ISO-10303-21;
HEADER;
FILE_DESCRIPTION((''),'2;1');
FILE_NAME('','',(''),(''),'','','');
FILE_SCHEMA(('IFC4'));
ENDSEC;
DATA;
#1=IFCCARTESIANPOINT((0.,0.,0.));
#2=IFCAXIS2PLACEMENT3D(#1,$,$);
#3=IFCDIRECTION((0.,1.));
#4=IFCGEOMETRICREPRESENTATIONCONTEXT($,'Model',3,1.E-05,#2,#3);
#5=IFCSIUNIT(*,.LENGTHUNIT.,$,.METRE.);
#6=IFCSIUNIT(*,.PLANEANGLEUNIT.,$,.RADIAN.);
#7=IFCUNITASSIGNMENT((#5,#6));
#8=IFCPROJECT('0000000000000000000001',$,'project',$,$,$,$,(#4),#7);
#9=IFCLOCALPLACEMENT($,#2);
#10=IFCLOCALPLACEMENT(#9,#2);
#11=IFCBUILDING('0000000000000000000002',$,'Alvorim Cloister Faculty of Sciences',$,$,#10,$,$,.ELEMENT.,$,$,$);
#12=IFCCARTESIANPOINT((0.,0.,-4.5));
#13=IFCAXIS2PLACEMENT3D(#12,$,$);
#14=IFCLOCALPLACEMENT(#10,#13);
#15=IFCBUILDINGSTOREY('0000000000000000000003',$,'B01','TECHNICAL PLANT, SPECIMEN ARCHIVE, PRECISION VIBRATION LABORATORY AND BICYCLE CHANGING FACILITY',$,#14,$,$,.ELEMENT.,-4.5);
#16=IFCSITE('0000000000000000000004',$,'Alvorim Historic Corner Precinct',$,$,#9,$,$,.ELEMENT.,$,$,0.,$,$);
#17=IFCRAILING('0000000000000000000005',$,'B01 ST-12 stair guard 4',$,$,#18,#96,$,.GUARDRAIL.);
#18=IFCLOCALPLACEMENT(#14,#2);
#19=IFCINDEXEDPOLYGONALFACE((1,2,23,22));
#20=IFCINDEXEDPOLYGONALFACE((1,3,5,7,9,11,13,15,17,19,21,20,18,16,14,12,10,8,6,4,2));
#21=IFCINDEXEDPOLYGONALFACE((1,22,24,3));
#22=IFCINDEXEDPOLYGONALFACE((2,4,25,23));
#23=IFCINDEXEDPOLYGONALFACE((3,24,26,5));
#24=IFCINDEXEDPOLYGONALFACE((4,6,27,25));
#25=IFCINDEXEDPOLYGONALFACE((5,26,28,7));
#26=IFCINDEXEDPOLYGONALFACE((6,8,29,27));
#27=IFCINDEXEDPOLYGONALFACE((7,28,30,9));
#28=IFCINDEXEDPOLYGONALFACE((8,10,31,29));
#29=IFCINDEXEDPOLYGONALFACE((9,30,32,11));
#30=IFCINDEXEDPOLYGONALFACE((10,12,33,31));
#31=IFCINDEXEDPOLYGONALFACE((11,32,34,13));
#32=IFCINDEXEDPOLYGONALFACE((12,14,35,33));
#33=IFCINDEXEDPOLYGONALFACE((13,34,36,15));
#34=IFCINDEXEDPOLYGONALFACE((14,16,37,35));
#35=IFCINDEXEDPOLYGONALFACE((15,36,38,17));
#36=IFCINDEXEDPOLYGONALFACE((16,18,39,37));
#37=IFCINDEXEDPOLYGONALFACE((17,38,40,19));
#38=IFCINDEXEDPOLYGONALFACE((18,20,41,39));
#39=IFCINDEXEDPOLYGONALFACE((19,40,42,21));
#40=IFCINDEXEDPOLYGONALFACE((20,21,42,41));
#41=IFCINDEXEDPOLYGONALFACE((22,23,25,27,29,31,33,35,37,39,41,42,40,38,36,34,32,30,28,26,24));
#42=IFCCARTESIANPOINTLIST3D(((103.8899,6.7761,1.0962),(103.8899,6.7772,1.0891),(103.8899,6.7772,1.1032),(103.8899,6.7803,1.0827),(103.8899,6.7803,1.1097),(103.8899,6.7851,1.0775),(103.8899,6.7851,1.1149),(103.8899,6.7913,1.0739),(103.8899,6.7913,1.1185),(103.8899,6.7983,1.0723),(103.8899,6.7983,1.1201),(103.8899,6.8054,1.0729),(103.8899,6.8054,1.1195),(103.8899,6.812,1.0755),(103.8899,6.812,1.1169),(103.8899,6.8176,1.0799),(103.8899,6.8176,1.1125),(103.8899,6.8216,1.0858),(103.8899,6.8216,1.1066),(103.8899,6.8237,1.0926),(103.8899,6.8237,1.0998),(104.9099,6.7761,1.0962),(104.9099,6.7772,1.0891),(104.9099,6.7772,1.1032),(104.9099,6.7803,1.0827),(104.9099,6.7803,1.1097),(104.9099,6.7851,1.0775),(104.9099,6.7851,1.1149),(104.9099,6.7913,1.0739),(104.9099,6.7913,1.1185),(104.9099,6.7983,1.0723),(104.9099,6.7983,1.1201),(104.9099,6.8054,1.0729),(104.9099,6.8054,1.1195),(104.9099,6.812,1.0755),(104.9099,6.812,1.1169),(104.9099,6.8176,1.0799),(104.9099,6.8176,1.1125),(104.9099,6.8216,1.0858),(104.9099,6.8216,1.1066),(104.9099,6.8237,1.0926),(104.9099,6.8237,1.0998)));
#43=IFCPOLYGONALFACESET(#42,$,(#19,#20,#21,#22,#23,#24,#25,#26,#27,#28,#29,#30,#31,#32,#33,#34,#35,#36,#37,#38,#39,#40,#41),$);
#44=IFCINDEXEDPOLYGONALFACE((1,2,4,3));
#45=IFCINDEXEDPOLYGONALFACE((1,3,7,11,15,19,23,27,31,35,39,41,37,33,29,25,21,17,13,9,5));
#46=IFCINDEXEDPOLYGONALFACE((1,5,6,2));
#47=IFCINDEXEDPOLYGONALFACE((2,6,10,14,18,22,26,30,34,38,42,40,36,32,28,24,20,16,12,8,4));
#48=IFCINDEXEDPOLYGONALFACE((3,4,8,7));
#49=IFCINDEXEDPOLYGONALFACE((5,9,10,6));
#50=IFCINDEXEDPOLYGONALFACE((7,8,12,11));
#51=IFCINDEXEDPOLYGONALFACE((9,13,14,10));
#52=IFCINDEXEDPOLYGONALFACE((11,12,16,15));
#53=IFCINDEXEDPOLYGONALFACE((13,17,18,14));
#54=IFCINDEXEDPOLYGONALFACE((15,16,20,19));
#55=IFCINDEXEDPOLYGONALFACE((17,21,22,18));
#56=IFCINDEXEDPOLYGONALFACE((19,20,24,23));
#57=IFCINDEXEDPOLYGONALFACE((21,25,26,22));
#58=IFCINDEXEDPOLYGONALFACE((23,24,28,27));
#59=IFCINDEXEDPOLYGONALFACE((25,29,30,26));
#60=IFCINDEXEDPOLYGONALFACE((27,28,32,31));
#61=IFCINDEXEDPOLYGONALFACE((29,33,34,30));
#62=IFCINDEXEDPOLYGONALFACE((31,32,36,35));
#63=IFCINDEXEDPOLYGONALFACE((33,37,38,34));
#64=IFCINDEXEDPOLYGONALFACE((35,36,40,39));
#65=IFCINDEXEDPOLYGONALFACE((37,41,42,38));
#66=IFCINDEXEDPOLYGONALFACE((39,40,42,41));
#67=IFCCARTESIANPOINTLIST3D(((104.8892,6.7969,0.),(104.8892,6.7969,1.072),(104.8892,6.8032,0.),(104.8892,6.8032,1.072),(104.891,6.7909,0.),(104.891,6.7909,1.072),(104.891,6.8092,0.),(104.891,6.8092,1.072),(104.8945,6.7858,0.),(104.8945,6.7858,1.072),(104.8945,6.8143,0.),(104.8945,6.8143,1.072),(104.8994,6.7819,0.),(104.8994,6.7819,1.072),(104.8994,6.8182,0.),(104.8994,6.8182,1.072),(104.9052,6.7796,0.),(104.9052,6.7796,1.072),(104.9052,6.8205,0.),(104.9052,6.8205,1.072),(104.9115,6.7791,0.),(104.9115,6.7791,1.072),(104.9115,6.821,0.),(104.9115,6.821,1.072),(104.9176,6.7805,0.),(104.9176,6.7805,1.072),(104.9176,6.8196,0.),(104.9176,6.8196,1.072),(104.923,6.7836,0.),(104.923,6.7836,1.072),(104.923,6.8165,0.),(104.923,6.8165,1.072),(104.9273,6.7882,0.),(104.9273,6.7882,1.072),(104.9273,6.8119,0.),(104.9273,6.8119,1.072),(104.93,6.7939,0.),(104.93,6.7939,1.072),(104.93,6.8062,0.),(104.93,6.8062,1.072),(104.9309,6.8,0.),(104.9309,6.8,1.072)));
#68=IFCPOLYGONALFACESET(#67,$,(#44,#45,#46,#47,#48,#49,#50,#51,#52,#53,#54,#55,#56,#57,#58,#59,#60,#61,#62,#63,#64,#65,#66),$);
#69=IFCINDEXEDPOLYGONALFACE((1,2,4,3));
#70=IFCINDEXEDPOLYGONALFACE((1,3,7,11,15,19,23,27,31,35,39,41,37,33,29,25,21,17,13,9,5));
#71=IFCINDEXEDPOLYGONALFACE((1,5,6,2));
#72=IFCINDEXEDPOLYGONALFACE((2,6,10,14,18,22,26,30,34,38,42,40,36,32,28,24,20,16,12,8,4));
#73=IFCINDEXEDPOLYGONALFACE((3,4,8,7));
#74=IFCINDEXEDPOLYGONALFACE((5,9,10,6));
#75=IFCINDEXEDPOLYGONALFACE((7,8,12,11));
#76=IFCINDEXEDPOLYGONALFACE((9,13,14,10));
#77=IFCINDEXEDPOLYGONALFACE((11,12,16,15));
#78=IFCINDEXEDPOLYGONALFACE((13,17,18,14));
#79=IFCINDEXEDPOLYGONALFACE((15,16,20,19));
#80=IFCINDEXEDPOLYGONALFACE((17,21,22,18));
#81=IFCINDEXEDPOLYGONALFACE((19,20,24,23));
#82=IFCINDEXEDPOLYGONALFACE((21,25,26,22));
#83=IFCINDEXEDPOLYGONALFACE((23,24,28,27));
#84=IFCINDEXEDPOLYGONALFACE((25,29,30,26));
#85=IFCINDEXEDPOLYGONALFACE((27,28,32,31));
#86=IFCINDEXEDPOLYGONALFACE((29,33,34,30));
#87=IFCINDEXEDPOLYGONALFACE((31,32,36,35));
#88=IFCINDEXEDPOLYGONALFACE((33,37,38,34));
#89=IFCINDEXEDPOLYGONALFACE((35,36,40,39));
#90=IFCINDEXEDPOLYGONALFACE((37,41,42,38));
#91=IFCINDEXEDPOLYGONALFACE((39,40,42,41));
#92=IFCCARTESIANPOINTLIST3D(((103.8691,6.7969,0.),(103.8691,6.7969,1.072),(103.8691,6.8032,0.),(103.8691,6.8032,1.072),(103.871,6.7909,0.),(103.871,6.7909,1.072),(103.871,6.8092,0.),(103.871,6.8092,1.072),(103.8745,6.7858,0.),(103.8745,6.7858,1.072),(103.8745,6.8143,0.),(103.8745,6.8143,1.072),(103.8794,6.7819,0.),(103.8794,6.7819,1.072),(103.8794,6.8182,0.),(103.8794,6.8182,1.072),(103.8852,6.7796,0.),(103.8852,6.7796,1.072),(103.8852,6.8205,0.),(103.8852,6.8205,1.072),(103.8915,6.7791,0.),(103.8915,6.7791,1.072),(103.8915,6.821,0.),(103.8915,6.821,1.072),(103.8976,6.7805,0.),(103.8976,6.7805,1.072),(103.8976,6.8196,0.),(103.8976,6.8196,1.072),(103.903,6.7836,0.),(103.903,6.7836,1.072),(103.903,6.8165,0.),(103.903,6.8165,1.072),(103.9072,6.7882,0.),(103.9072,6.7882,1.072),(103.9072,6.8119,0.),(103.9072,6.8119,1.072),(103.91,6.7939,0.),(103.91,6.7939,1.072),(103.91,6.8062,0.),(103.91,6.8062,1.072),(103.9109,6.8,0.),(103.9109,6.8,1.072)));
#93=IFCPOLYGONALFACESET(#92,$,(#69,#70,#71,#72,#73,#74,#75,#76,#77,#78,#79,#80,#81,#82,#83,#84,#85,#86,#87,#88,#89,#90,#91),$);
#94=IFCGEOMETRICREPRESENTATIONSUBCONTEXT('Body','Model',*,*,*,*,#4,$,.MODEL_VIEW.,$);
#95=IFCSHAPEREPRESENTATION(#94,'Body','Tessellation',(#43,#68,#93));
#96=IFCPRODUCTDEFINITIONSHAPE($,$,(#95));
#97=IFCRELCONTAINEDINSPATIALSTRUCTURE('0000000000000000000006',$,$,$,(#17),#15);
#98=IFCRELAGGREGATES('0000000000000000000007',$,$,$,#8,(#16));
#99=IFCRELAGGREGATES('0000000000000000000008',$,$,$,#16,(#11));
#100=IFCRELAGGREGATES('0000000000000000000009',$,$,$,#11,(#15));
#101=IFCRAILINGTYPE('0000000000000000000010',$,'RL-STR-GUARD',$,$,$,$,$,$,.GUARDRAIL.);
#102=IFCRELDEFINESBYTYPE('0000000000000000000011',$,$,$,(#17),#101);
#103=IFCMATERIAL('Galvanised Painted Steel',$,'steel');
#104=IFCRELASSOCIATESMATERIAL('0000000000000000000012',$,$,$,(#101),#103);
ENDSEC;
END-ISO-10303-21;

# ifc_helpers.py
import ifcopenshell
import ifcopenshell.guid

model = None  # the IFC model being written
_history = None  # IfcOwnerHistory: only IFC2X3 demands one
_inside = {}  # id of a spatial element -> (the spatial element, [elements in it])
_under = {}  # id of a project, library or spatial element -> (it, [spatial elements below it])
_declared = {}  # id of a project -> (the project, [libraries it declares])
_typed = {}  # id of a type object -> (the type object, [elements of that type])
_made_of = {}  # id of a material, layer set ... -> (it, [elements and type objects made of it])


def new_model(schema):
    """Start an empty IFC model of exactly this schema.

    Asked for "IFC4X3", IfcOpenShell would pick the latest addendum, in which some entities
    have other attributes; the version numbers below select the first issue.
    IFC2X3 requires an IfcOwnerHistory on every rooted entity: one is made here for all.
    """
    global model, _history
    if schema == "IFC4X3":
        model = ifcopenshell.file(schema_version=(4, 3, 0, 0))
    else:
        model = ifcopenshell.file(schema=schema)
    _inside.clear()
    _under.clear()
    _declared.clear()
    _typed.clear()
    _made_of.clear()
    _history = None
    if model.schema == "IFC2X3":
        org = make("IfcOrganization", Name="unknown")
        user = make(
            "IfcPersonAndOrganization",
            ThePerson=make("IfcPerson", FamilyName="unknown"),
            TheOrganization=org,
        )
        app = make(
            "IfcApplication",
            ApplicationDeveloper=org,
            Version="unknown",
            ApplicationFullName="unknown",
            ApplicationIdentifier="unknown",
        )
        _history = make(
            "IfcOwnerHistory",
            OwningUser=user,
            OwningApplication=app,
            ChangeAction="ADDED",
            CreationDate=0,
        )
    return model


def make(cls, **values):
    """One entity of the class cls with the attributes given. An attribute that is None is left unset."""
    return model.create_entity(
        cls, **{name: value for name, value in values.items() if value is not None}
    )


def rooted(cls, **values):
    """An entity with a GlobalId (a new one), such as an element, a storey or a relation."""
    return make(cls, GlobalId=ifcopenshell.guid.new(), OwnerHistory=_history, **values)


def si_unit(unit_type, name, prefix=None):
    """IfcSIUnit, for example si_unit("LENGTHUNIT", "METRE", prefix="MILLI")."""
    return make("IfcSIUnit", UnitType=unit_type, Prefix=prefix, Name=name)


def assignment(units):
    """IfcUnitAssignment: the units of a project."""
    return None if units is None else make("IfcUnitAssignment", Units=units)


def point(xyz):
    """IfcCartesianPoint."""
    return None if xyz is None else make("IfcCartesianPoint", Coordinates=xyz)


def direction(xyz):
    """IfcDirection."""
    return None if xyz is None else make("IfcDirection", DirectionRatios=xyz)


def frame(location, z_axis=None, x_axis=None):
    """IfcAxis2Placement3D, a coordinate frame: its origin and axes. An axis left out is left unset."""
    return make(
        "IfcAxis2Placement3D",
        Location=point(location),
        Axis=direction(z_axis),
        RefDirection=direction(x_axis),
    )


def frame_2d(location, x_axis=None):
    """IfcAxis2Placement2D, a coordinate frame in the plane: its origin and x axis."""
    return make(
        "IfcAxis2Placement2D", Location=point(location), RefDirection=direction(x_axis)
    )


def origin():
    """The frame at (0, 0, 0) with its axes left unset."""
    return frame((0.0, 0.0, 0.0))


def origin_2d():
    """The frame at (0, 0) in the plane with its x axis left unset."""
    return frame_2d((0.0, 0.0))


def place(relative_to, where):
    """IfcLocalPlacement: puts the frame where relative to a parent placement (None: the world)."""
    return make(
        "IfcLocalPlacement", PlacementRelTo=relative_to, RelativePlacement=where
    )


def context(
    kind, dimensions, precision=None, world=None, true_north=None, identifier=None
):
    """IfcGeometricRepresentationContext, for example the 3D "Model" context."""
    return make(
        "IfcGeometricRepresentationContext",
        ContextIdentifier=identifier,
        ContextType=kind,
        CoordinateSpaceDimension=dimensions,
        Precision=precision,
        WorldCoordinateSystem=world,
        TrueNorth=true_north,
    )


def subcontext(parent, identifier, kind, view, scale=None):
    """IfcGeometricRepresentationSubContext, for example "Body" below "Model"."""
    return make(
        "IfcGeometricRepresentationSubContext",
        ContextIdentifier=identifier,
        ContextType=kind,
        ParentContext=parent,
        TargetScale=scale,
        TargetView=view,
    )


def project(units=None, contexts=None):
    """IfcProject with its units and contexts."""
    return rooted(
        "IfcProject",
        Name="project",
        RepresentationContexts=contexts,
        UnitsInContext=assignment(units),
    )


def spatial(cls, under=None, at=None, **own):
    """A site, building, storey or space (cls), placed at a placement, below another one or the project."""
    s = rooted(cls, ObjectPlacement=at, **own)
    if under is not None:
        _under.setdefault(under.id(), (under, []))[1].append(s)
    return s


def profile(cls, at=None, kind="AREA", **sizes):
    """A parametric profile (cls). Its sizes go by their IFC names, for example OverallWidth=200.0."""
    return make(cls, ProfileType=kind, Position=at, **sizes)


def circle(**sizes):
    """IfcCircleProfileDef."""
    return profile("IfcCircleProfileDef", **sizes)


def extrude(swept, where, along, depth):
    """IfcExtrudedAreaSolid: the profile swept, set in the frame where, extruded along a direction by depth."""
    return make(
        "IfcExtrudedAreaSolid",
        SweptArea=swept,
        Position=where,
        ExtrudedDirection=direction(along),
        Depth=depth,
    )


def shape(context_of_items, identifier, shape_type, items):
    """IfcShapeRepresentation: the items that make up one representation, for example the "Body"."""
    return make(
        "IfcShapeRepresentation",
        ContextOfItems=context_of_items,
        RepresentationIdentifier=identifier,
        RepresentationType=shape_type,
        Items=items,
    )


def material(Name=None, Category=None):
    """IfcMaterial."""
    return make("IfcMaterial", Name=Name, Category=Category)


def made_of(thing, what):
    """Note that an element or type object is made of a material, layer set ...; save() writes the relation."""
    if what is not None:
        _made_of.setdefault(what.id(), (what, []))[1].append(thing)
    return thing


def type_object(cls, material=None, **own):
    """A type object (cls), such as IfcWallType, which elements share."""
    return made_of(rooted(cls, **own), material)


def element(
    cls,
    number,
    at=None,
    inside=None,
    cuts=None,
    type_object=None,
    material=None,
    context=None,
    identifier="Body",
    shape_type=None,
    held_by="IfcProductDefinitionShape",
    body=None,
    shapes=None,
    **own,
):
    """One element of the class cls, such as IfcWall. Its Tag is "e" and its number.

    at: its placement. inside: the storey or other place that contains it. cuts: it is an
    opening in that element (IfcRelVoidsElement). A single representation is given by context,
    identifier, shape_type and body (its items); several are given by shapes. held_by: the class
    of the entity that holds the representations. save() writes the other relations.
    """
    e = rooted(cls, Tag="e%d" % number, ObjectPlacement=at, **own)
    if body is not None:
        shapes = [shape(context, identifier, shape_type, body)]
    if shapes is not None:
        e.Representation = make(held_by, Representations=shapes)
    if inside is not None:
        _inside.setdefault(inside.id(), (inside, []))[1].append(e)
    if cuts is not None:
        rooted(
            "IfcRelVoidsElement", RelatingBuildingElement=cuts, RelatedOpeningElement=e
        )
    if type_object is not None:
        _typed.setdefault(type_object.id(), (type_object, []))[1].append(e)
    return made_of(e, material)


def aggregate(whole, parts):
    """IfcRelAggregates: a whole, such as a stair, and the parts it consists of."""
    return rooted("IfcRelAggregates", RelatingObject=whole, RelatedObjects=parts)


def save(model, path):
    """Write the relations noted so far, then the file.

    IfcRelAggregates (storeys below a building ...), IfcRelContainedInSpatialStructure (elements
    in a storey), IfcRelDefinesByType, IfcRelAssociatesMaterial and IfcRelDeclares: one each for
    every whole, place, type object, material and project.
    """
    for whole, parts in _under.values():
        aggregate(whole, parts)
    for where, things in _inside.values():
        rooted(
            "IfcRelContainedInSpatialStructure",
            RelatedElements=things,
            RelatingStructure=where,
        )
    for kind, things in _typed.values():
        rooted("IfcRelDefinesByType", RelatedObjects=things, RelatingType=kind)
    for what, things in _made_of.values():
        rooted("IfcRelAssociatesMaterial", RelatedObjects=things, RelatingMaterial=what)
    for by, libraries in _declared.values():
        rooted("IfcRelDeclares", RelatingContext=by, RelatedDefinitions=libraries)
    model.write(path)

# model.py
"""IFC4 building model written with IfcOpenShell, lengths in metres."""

from ifc_helpers import new_model, si_unit, direction, frame, origin, origin_2d, place, context, subcontext, project, spatial, circle, extrude, material, type_object, element, save


model = new_model("IFC4")

# Units and contexts
model_context = context("Model", 3, precision=1e-05, world=origin(), true_north=direction((0.0, 1.0)))
body_context = subcontext(model_context, "Body", "Model", "MODEL_VIEW")
ifc_project = project(units=[si_unit("LENGTHUNIT", "METRE"), si_unit("PLANEANGLEUNIT", "RADIAN")], contexts=[model_context])

# Site, building, storey
site_placement = place(None, origin())
site = spatial("IfcSite", under=ifc_project, at=site_placement, Name="Alvorim Historic Corner Precinct", CompositionType="ELEMENT", RefElevation=0.0)
building_placement = place(site_placement, origin())
building = spatial("IfcBuilding", under=site, at=building_placement, Name="Alvorim Cloister Faculty of Sciences", CompositionType="ELEMENT")
storey_placement = place(building_placement, frame((0.0, 0.0, -4.5)))
storey = spatial("IfcBuildingStorey", under=building, at=storey_placement, Name="B01", Description="TECHNICAL PLANT, SPECIMEN ARCHIVE, PRECISION VIBRATION LABORATORY AND BICYCLE CHANGING FACILITY", CompositionType="ELEMENT", Elevation=-4.5)

# Railing
ifc_material_1 = material(Name="Galvanised Painted Steel", Category="steel")
railing_type_1 = type_object("IfcRailingType", Name="RL-STR-GUARD", PredefinedType="GUARDRAIL", material=ifc_material_1)
railing_1_placement = place(storey_placement, frame((104.9099, 6.8, 0.0)))
element("IfcRailing", 1, at=railing_1_placement, inside=storey, type_object=railing_type_1, Name="B01 ST-12 stair guard 4", PredefinedType="GUARDRAIL", context=body_context, shape_type="SweptSolid", body=[
    extrude(circle(Radius=0.0239, at=origin_2d()), frame((0.0, 0.0, 1.0962), z_axis=(-1.0, 0.0, 0.0), x_axis=(0.0, -1.0, 0.0)), (0.0, 0.0, 1.0), 1.02),
    extrude(circle(Radius=0.021, at=origin_2d()), origin(), (0.0, 0.0, 1.0), 1.072),
    extrude(circle(Radius=0.021, at=origin_2d()), frame((-1.02, 0.0, 0.0)), (0.0, 0.0, 1.0), 1.072),
])

save(model, "model.ifc")
